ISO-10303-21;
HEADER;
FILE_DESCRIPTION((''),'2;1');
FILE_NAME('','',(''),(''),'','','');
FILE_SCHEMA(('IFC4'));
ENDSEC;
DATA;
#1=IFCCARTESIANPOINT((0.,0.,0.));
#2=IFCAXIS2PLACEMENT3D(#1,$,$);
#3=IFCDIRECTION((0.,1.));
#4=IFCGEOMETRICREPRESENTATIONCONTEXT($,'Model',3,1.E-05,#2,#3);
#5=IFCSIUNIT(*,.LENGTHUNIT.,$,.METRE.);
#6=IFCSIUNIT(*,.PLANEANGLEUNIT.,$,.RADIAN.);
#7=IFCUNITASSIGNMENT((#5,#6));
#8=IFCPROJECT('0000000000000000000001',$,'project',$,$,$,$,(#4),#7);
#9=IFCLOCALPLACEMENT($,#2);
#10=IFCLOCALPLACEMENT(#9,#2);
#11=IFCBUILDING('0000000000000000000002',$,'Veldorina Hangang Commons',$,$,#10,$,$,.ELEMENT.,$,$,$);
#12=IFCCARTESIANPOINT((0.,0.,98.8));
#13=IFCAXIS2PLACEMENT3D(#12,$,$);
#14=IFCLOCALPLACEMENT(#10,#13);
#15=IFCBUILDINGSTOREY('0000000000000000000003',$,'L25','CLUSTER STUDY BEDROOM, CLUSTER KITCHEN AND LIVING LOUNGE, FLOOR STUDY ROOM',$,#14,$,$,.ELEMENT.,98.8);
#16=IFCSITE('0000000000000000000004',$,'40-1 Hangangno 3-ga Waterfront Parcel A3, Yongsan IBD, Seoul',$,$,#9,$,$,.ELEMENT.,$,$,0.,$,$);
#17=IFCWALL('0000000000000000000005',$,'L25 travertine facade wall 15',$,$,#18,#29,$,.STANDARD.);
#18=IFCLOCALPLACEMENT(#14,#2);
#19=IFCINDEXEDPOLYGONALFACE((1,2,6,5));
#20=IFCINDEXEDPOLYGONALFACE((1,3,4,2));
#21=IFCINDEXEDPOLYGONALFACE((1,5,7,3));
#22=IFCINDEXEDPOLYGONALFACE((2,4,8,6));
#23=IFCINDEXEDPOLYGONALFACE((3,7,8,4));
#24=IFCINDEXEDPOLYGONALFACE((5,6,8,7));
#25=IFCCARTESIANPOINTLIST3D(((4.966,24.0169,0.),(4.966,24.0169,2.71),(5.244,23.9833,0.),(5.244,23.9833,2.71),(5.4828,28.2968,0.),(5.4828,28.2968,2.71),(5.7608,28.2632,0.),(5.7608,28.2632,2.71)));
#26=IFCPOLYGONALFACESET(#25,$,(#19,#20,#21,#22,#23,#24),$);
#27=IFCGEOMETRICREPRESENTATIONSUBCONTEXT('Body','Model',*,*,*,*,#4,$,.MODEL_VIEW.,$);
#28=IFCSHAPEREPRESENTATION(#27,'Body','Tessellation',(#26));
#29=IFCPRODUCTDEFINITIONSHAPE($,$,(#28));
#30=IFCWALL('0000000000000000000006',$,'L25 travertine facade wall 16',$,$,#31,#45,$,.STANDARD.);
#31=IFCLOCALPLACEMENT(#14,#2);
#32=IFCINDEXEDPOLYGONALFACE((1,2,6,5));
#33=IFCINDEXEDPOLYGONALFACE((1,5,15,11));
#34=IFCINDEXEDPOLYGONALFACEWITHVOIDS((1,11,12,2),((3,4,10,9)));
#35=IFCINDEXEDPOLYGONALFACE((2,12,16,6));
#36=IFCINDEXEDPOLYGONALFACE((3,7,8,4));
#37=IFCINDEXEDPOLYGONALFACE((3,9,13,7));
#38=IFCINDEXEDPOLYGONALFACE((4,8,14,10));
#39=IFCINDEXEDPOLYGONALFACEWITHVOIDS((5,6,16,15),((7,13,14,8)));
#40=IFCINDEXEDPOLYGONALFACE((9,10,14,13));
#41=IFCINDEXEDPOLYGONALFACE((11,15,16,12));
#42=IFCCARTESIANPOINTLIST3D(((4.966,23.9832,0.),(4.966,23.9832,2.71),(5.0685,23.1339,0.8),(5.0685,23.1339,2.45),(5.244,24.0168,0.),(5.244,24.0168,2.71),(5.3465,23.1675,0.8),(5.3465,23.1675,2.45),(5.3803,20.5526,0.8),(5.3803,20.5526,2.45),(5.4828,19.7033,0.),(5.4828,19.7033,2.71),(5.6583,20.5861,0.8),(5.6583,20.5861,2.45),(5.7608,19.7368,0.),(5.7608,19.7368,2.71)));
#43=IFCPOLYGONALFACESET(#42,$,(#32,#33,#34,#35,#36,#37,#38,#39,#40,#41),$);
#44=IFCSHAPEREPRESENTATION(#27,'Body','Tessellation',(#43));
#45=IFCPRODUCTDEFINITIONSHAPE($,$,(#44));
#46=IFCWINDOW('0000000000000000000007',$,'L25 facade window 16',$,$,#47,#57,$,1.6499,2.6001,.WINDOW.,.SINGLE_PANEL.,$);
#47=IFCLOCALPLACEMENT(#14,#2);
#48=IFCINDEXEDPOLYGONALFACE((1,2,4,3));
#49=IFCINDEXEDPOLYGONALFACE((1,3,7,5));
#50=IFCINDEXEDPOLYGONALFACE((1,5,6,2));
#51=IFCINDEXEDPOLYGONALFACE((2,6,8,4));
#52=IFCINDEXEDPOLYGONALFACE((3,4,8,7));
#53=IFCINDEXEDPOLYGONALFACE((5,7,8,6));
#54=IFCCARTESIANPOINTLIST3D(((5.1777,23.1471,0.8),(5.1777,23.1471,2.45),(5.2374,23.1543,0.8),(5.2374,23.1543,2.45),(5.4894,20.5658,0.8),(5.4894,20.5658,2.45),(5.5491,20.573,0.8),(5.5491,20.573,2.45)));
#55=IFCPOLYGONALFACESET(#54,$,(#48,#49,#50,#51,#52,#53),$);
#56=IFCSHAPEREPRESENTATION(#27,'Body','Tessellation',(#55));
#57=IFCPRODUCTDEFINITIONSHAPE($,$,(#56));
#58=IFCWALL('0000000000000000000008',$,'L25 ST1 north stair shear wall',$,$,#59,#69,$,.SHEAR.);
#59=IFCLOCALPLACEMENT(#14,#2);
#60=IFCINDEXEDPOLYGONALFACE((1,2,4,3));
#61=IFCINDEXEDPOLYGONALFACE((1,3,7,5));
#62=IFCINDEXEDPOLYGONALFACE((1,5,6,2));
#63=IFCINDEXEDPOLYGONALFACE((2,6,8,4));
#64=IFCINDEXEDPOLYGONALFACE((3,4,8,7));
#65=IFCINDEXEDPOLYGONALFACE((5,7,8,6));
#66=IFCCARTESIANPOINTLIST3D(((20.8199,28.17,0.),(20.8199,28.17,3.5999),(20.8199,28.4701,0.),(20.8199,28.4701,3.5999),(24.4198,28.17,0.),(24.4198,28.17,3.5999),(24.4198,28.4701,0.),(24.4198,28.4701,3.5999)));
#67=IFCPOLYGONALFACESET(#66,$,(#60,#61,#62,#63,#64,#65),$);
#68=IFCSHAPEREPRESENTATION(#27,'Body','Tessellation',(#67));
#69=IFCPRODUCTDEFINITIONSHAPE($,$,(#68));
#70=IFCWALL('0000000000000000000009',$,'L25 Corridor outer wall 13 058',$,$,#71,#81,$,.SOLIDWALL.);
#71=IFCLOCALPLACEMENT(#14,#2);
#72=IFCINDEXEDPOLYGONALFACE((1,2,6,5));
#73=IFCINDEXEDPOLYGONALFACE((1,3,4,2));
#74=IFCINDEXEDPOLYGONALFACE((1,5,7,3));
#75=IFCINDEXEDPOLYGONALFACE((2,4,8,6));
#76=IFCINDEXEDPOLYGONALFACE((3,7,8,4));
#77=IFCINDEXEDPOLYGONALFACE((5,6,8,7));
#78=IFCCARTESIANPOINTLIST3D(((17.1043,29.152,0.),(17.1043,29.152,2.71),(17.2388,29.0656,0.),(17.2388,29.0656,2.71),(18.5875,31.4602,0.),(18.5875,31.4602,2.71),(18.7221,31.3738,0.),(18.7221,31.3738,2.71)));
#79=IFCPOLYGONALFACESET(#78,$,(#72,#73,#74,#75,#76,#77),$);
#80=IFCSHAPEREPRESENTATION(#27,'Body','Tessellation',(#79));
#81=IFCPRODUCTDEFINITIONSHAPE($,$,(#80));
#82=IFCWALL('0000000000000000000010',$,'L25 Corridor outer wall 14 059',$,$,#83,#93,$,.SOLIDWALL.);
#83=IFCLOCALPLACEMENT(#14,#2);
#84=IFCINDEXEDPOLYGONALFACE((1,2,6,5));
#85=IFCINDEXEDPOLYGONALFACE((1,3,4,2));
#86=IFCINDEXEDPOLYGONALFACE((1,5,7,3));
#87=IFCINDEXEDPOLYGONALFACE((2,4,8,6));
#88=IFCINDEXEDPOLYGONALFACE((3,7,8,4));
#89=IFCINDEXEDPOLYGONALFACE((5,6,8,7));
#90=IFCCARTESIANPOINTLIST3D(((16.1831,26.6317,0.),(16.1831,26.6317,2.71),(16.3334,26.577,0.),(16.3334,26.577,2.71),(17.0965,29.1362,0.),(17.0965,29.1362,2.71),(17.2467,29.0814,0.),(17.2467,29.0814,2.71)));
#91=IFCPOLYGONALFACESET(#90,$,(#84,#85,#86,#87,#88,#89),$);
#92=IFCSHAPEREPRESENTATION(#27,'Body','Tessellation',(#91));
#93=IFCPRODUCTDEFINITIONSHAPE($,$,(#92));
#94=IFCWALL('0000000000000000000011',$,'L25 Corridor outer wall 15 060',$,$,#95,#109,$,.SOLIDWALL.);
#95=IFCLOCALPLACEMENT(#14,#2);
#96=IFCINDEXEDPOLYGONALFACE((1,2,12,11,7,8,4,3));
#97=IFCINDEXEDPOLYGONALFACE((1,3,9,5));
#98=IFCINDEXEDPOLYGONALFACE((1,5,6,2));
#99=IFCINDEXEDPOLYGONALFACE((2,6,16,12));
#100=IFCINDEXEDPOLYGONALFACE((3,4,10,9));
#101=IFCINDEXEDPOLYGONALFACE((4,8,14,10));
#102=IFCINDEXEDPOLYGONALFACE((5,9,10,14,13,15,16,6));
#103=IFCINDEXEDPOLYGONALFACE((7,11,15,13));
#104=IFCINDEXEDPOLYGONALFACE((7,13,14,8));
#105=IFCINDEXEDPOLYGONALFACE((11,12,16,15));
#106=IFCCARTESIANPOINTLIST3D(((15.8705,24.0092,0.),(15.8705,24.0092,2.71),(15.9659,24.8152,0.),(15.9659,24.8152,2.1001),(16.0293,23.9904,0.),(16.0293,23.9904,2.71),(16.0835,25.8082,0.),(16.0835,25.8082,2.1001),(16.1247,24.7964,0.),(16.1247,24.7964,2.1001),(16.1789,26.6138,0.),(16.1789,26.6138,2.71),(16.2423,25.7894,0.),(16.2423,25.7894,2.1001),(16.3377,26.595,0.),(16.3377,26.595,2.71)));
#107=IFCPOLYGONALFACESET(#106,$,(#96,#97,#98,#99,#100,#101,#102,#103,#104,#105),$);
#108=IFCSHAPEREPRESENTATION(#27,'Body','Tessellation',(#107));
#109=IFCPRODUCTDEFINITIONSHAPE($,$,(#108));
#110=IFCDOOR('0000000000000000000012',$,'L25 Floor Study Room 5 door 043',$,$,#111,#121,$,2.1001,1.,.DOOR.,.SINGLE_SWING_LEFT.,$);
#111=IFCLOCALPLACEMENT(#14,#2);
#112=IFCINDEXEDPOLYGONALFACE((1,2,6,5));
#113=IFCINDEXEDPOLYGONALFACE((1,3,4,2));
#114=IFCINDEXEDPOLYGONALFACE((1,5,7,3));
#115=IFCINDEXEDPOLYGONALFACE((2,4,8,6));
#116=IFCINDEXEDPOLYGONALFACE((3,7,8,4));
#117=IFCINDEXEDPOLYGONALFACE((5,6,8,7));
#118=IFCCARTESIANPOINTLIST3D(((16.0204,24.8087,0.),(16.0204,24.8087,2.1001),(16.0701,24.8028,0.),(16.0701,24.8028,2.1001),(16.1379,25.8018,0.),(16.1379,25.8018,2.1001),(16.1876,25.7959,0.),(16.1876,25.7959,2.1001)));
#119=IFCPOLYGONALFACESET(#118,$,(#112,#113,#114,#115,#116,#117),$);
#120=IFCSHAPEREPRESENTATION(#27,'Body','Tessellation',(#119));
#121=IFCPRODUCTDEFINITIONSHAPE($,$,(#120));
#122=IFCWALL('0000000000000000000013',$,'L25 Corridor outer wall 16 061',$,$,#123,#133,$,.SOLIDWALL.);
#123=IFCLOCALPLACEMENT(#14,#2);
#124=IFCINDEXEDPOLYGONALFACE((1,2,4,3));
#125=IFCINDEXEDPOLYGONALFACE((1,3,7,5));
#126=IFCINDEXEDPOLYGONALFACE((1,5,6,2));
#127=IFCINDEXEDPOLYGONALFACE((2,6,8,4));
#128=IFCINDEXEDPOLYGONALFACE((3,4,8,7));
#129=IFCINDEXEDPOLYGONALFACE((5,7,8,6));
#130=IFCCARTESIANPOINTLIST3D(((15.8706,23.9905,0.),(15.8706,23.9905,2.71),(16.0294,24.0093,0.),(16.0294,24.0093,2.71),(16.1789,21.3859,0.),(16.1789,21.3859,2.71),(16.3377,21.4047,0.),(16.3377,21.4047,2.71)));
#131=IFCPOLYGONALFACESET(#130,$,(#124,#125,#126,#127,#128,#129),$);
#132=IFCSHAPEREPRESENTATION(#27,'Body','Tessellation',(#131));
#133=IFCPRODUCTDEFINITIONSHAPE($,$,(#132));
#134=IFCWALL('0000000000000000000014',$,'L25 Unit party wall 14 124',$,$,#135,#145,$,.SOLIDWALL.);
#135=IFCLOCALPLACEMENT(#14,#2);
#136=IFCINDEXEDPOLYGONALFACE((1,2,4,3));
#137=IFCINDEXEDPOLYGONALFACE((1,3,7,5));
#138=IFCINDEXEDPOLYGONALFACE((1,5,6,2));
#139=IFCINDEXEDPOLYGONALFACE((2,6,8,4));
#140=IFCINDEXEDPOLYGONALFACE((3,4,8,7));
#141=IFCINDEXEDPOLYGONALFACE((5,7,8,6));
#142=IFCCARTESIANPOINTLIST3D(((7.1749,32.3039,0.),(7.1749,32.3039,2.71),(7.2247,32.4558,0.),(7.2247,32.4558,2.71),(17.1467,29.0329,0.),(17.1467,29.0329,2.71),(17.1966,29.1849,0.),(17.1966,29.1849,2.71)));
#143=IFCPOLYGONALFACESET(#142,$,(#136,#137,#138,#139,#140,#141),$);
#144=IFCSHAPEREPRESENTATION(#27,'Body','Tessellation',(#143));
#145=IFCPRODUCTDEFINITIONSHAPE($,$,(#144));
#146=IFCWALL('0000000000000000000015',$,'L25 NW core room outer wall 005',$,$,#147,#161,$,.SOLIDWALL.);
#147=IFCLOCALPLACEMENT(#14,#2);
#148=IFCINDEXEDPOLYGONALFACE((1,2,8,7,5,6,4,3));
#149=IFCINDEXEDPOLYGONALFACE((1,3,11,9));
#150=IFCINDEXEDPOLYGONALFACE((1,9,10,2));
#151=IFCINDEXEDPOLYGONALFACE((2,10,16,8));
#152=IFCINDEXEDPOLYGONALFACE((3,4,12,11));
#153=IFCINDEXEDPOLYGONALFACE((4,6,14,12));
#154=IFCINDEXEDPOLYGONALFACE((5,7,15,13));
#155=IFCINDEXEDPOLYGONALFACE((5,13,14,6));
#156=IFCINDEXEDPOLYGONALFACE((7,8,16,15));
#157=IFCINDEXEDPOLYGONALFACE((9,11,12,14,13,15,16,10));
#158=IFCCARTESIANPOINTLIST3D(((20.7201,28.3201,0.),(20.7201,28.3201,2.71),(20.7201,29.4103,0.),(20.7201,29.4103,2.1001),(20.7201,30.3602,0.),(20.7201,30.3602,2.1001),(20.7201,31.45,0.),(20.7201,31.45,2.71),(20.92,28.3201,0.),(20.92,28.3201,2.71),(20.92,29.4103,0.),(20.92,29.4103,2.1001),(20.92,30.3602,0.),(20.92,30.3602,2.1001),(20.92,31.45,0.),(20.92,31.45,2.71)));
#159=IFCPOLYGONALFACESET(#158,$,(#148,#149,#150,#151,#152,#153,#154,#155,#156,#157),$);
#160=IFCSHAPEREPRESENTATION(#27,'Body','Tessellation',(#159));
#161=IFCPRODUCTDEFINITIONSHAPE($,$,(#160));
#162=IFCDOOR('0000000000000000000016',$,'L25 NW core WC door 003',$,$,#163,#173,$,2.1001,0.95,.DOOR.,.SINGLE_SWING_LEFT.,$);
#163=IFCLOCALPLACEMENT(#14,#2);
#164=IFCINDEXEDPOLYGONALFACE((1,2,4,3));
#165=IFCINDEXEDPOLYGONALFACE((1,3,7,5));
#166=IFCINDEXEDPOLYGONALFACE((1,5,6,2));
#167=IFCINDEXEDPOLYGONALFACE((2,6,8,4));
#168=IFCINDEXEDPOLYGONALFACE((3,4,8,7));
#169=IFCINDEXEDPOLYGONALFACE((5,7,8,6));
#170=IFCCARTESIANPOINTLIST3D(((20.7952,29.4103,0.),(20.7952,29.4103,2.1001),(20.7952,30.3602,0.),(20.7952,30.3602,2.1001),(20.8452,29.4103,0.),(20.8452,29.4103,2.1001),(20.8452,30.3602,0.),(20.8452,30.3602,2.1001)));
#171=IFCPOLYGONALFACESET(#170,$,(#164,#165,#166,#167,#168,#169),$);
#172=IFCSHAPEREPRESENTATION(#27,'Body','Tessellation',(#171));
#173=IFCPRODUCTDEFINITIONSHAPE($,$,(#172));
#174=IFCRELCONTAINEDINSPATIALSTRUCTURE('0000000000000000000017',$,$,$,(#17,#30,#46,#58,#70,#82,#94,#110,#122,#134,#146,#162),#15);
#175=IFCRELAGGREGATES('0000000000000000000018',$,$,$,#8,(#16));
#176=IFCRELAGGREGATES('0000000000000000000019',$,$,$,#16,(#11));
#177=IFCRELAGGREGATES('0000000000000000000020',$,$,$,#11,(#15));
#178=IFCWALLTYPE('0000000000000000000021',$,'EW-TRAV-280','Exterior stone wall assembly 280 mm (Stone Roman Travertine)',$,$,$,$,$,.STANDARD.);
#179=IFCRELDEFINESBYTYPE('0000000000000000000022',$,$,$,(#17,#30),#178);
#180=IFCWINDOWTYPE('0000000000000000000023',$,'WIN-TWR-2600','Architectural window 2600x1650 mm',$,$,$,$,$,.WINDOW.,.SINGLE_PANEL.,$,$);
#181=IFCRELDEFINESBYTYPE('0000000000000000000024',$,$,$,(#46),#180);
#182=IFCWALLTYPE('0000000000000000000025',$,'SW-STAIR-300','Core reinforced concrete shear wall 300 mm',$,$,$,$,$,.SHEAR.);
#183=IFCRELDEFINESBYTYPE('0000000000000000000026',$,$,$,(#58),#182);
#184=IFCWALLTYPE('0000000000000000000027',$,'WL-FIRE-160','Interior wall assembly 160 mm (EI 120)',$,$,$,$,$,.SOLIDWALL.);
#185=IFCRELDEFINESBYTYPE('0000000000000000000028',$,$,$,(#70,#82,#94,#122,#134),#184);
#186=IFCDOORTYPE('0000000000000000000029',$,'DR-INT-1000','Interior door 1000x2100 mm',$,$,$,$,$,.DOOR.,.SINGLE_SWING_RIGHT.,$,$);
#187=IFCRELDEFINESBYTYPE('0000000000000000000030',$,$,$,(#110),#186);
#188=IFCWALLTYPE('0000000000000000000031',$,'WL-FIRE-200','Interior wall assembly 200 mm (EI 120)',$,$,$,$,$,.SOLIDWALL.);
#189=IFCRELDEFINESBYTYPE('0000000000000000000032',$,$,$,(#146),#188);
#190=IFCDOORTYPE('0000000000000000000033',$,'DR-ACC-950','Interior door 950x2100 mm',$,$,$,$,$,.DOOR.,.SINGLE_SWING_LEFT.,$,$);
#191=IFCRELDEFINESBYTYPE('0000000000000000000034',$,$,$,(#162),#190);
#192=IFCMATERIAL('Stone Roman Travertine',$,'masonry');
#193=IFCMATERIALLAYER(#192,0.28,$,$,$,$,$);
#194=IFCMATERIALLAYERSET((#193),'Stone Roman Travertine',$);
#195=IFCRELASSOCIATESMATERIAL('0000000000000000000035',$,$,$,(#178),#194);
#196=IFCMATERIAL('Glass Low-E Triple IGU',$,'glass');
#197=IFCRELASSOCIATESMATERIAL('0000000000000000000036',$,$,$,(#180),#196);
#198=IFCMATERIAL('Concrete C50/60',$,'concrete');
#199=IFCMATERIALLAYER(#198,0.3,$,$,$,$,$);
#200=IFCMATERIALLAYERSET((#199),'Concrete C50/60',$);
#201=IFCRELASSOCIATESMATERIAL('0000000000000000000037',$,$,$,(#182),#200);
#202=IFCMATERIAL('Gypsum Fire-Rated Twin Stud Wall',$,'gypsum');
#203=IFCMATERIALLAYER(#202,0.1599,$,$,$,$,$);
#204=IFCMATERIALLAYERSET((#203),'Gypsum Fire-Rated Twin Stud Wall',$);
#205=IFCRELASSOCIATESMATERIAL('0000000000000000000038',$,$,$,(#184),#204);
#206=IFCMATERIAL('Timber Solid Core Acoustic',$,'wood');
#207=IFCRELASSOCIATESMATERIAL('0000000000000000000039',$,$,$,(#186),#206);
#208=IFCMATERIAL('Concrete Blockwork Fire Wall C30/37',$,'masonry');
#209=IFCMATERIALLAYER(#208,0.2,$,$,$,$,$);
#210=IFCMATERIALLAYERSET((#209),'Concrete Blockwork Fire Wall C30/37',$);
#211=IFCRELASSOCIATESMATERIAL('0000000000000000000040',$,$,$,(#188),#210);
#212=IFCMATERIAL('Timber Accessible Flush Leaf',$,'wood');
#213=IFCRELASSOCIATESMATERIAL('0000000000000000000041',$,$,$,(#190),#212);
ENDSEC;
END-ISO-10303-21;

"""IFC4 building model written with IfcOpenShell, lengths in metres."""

from ifc_helpers import new_model, si_unit, direction, frame, frame_2d, origin, place, context, subcontext, project, spatial, rectangle, extrude, material, layer, layer_set, type_object, element, fill, save


model = new_model("IFC4")

# Units and contexts
model_context = context("Model", 3, precision=1e-05, world=origin(), true_north=direction((0.0, 1.0)))
body_context = subcontext(model_context, "Body", "Model", "MODEL_VIEW")
ifc_project = project(units=[si_unit("LENGTHUNIT", "METRE"), si_unit("PLANEANGLEUNIT", "RADIAN")], contexts=[model_context])

# Site, building, storey
site_placement = place(None, origin())
site = spatial("IfcSite", under=ifc_project, at=site_placement, Name="40-1 Hangangno 3-ga Waterfront Parcel A3, Yongsan IBD, Seoul", CompositionType="ELEMENT", RefElevation=0.0)
building_placement = place(site_placement, origin())
building = spatial("IfcBuilding", under=site, at=building_placement, Name="Veldorina Hangang Commons", CompositionType="ELEMENT")
storey_placement = place(building_placement, frame((0.0, 0.0, 98.8)))
storey = spatial("IfcBuildingStorey", under=building, at=storey_placement, Name="L25", Description="CLUSTER STUDY BEDROOM, CLUSTER KITCHEN AND LIVING LOUNGE, FLOOR STUDY ROOM", CompositionType="ELEMENT", Elevation=98.8)

# Wall
ifc_material_1 = material(Name="Stone Roman Travertine", Category="masonry")
ifc_layer_1 = layer(ifc_material_1, 0.28)
ifc_layer_set_1 = layer_set([ifc_layer_1], Name="Stone Roman Travertine")
wall_type_1 = type_object("IfcWallType", Name="EW-TRAV-280", Description="Exterior stone wall assembly 280 mm (Stone Roman Travertine)", PredefinedType="STANDARD", material=ifc_layer_set_1)
wall_1_placement = place(storey_placement, frame((5.6218, 28.28, 0.0), z_axis=(0.0, 0.0, 1.0), x_axis=(-0.119887, -0.992788, 0.0)))
element("IfcWall", 1, at=wall_1_placement, inside=storey, type_object=wall_type_1, Name="L25 travertine facade wall 15", PredefinedType="STANDARD", context=body_context, shape_type="SweptSolid", body=[
    extrude(rectangle(XDim=4.311, YDim=0.28, at=frame_2d((2.1555, 0.0))), origin(), (0.0, 0.0, 1.0), 2.71),
])

# Wall, opening, window
wall_2_placement = place(storey_placement, frame((5.105, 24.0, 0.0), z_axis=(0.0, 0.0, 1.0), x_axis=(0.119887, -0.992788, 0.0)))
wall_2 = element("IfcWall", 2, at=wall_2_placement, inside=storey, type_object=wall_type_1, Name="L25 travertine facade wall 16", PredefinedType="STANDARD", context=body_context, shape_type="SweptSolid", body=[
    extrude(rectangle(XDim=4.311, YDim=0.28, at=frame_2d((2.1555, 0.0))), origin(), (0.0, 0.0, 1.0), 2.71),
])
opening_1_placement = place(wall_2_placement, frame((0.8555, 0.0, 0.8)))
opening_1 = element("IfcOpeningElement", 3, at=opening_1_placement, cuts=wall_2, PredefinedType="OPENING", context=body_context, shape_type="SweptSolid", body=[
    extrude(rectangle(XDim=2.6001, YDim=1.6499, at=frame_2d((1.3, 0.825))), frame((0.0, 0.1499, 0.0), z_axis=(0.0, -1.0, 0.0), x_axis=(1.0, 0.0, 0.0)), (0.0, 0.0, 1.0), 0.3),
])
ifc_material_2 = material(Name="Glass Low-E Triple IGU", Category="glass")
window_type = type_object("IfcWindowType", Name="WIN-TWR-2600", Description="Architectural window 2600x1650 mm", PartitioningType="SINGLE_PANEL", PredefinedType="WINDOW", material=ifc_material_2)
window_placement = place(opening_1_placement, origin())
window = element("IfcWindow", 4, at=window_placement, inside=storey, type_object=window_type, Name="L25 facade window 16", OverallHeight=1.6499, OverallWidth=2.6001, PartitioningType="SINGLE_PANEL", PredefinedType="WINDOW", context=body_context, shape_type="SweptSolid", body=[
    extrude(rectangle(XDim=2.6001, YDim=1.6499, at=frame_2d((1.3, 0.825))), frame((0.0, 0.03, 0.0), z_axis=(0.0, -1.0, 0.0), x_axis=(1.0, 0.0, 0.0)), (0.0, 0.0, 1.0), 0.0601),
])
fill(opening_1, window)

# Walls
ifc_material_3 = material(Name="Concrete C50/60", Category="concrete")
ifc_layer_2 = layer(ifc_material_3, 0.3)
ifc_layer_set_2 = layer_set([ifc_layer_2], Name="Concrete C50/60")
wall_type_2 = type_object("IfcWallType", Name="SW-STAIR-300", Description="Core reinforced concrete shear wall 300 mm", PredefinedType="SHEAR", material=ifc_layer_set_2)
wall_3_placement = place(storey_placement, frame((20.8201, 28.3201, 0.0), z_axis=(0.0, 0.0, 1.0), x_axis=(1.0, 0.0, 0.0)))
element("IfcWall", 5, at=wall_3_placement, inside=storey, type_object=wall_type_2, Name="L25 ST1 north stair shear wall", PredefinedType="SHEAR", context=body_context, shape_type="SweptSolid", body=[
    extrude(rectangle(XDim=3.5999, YDim=0.3, at=frame_2d((1.7998, 0.0))), origin(), (0.0, 0.0, 1.0), 3.5999),
])
ifc_material_4 = material(Name="Gypsum Fire-Rated Twin Stud Wall", Category="gypsum")
ifc_layer_3 = layer(ifc_material_4, 0.1599)
ifc_layer_set_3 = layer_set([ifc_layer_3], Name="Gypsum Fire-Rated Twin Stud Wall")
wall_type_3 = type_object("IfcWallType", Name="WL-FIRE-160", Description="Interior wall assembly 160 mm (EI 120)", PredefinedType="SOLIDWALL", material=ifc_layer_set_3)
wall_4_placement = place(storey_placement, frame((18.6548, 31.417, 0.0), z_axis=(0.0, 0.0, 1.0), x_axis=(-0.540596, -0.841283, 0.0)))
element("IfcWall", 6, at=wall_4_placement, inside=storey, type_object=wall_type_3, Name="L25 Corridor outer wall 13 058", PredefinedType="SOLIDWALL", context=body_context, shape_type="SweptSolid", body=[
    extrude(rectangle(XDim=2.7437, YDim=0.1599, at=frame_2d((1.3718, 0.0))), origin(), (0.0, 0.0, 1.0), 2.71),
])
wall_5_placement = place(storey_placement, frame((17.1716, 29.1089, 0.0), z_axis=(0.0, 0.0, 1.0), x_axis=(-0.342618, -0.939475, 0.0)))
element("IfcWall", 7, at=wall_5_placement, inside=storey, type_object=wall_type_3, Name="L25 Corridor outer wall 14 059", PredefinedType="SOLIDWALL", context=body_context, shape_type="SweptSolid", body=[
    extrude(rectangle(XDim=2.6658, YDim=0.1599, at=frame_2d((1.333, 0.0))), origin(), (0.0, 0.0, 1.0), 2.71),
])

# Wall, opening, door
wall_6_placement = place(storey_placement, frame((16.2583, 26.6045, 0.0), z_axis=(0.0, 0.0, 1.0), x_axis=(-0.11757, -0.993065, 0.0)))
wall_6 = element("IfcWall", 8, at=wall_6_placement, inside=storey, type_object=wall_type_3, Name="L25 Corridor outer wall 15 060", PredefinedType="SOLIDWALL", context=body_context, shape_type="SweptSolid", body=[
    extrude(rectangle(XDim=2.6228, YDim=0.1599, at=frame_2d((1.3115, 0.0))), origin(), (0.0, 0.0, 1.0), 2.71),
])
opening_2_placement = place(wall_6_placement, frame((0.8113, 0.0, 0.0)))
opening_2 = element("IfcOpeningElement", 9, at=opening_2_placement, cuts=wall_6, PredefinedType="OPENING", context=body_context, shape_type="SweptSolid", body=[
    extrude(rectangle(XDim=1.0, YDim=2.1001, at=frame_2d((0.5, 1.05))), frame((0.0, 0.0898, 0.0), z_axis=(0.0, -1.0, 0.0), x_axis=(1.0, 0.0, 0.0)), (0.0, 0.0, 1.0), 0.1799),
])
ifc_material_5 = material(Name="Timber Solid Core Acoustic", Category="wood")
door_type_1 = type_object("IfcDoorType", Name="DR-INT-1000", Description="Interior door 1000x2100 mm", OperationType="SINGLE_SWING_RIGHT", PredefinedType="DOOR", material=ifc_material_5)
door_1_placement = place(opening_2_placement, origin())
door_1 = element("IfcDoor", 10, at=door_1_placement, inside=storey, type_object=door_type_1, Name="L25 Floor Study Room 5 door 043", OperationType="SINGLE_SWING_LEFT", OverallHeight=2.1001, OverallWidth=1.0, PredefinedType="DOOR", context=body_context, shape_type="SweptSolid", body=[
    extrude(rectangle(XDim=1.0, YDim=2.1001, at=frame_2d((0.5, 1.05))), frame((0.0, 0.0249, 0.0), z_axis=(0.0, -1.0, 0.0), x_axis=(1.0, 0.0, 0.0)), (0.0, 0.0, 1.0), 0.05),
])
fill(opening_2, door_1)

# Walls
wall_7_placement = place(storey_placement, frame((15.95, 24.0, 0.0), z_axis=(0.0, 0.0, 1.0), x_axis=(0.11757, -0.993065, 0.0)))
element("IfcWall", 11, at=wall_7_placement, inside=storey, type_object=wall_type_3, Name="L25 Corridor outer wall 16 061", PredefinedType="SOLIDWALL", context=body_context, shape_type="SweptSolid", body=[
    extrude(rectangle(XDim=2.6228, YDim=0.1599, at=frame_2d((1.3115, 0.0))), origin(), (0.0, 0.0, 1.0), 2.71),
])
wall_8_placement = place(storey_placement, frame((17.1716, 29.1089, 0.0), z_axis=(0.0, 0.0, 1.0), x_axis=(-0.950187, 0.311681, 0.0)))
element("IfcWall", 12, at=wall_8_placement, inside=storey, type_object=wall_type_3, Name="L25 Unit party wall 14 124", PredefinedType="SOLIDWALL", context=body_context, shape_type="SweptSolid", body=[
    extrude(rectangle(XDim=10.4946, YDim=0.1599, at=frame_2d((5.2473, 0.0))), origin(), (0.0, 0.0, 1.0), 2.71),
])

# Wall, opening, door
ifc_material_6 = material(Name="Concrete Blockwork Fire Wall C30/37", Category="masonry")
ifc_layer_4 = layer(ifc_material_6, 0.2)
ifc_layer_set_4 = layer_set([ifc_layer_4], Name="Concrete Blockwork Fire Wall C30/37")
wall_type_4 = type_object("IfcWallType", Name="WL-FIRE-200", Description="Interior wall assembly 200 mm (EI 120)", PredefinedType="SOLIDWALL", material=ifc_layer_set_4)
wall_9_placement = place(storey_placement, frame((20.8201, 28.3201, 0.0), z_axis=(0.0, 0.0, 1.0), x_axis=(0.0, 1.0, 0.0)))
wall_9 = element("IfcWall", 13, at=wall_9_placement, inside=storey, type_object=wall_type_4, Name="L25 NW core room outer wall 005", PredefinedType="SOLIDWALL", context=body_context, shape_type="SweptSolid", body=[
    extrude(rectangle(XDim=3.1299, YDim=0.2, at=frame_2d((1.5649, 0.0))), origin(), (0.0, 0.0, 1.0), 2.71),
])
opening_3_placement = place(wall_9_placement, frame((1.0901, 0.0, 0.0)))
opening_3 = element("IfcOpeningElement", 14, at=opening_3_placement, cuts=wall_9, PredefinedType="OPENING", context=body_context, shape_type="SweptSolid", body=[
    extrude(rectangle(XDim=0.95, YDim=2.1001, at=frame_2d((0.4751, 1.05))), frame((0.0, 0.1099, 0.0), z_axis=(0.0, -1.0, 0.0), x_axis=(1.0, 0.0, 0.0)), (0.0, 0.0, 1.0), 0.22),
])
ifc_material_7 = material(Name="Timber Accessible Flush Leaf", Category="wood")
door_type_2 = type_object("IfcDoorType", Name="DR-ACC-950", Description="Interior door 950x2100 mm", OperationType="SINGLE_SWING_LEFT", PredefinedType="DOOR", material=ifc_material_7)
door_2_placement = place(opening_3_placement, origin())
door_2 = element("IfcDoor", 15, at=door_2_placement, inside=storey, type_object=door_type_2, Name="L25 NW core WC door 003", OperationType="SINGLE_SWING_LEFT", OverallHeight=2.1001, OverallWidth=0.95, PredefinedType="DOOR", context=body_context, shape_type="SweptSolid", body=[
    extrude(rectangle(XDim=0.95, YDim=2.1001, at=frame_2d((0.4751, 1.05))), frame((0.0, 0.0249, 0.0), z_axis=(0.0, -1.0, 0.0), x_axis=(1.0, 0.0, 0.0)), (0.0, 0.0, 1.0), 0.05),
])
fill(opening_3, door_2)

save(model, "model.ifc")
